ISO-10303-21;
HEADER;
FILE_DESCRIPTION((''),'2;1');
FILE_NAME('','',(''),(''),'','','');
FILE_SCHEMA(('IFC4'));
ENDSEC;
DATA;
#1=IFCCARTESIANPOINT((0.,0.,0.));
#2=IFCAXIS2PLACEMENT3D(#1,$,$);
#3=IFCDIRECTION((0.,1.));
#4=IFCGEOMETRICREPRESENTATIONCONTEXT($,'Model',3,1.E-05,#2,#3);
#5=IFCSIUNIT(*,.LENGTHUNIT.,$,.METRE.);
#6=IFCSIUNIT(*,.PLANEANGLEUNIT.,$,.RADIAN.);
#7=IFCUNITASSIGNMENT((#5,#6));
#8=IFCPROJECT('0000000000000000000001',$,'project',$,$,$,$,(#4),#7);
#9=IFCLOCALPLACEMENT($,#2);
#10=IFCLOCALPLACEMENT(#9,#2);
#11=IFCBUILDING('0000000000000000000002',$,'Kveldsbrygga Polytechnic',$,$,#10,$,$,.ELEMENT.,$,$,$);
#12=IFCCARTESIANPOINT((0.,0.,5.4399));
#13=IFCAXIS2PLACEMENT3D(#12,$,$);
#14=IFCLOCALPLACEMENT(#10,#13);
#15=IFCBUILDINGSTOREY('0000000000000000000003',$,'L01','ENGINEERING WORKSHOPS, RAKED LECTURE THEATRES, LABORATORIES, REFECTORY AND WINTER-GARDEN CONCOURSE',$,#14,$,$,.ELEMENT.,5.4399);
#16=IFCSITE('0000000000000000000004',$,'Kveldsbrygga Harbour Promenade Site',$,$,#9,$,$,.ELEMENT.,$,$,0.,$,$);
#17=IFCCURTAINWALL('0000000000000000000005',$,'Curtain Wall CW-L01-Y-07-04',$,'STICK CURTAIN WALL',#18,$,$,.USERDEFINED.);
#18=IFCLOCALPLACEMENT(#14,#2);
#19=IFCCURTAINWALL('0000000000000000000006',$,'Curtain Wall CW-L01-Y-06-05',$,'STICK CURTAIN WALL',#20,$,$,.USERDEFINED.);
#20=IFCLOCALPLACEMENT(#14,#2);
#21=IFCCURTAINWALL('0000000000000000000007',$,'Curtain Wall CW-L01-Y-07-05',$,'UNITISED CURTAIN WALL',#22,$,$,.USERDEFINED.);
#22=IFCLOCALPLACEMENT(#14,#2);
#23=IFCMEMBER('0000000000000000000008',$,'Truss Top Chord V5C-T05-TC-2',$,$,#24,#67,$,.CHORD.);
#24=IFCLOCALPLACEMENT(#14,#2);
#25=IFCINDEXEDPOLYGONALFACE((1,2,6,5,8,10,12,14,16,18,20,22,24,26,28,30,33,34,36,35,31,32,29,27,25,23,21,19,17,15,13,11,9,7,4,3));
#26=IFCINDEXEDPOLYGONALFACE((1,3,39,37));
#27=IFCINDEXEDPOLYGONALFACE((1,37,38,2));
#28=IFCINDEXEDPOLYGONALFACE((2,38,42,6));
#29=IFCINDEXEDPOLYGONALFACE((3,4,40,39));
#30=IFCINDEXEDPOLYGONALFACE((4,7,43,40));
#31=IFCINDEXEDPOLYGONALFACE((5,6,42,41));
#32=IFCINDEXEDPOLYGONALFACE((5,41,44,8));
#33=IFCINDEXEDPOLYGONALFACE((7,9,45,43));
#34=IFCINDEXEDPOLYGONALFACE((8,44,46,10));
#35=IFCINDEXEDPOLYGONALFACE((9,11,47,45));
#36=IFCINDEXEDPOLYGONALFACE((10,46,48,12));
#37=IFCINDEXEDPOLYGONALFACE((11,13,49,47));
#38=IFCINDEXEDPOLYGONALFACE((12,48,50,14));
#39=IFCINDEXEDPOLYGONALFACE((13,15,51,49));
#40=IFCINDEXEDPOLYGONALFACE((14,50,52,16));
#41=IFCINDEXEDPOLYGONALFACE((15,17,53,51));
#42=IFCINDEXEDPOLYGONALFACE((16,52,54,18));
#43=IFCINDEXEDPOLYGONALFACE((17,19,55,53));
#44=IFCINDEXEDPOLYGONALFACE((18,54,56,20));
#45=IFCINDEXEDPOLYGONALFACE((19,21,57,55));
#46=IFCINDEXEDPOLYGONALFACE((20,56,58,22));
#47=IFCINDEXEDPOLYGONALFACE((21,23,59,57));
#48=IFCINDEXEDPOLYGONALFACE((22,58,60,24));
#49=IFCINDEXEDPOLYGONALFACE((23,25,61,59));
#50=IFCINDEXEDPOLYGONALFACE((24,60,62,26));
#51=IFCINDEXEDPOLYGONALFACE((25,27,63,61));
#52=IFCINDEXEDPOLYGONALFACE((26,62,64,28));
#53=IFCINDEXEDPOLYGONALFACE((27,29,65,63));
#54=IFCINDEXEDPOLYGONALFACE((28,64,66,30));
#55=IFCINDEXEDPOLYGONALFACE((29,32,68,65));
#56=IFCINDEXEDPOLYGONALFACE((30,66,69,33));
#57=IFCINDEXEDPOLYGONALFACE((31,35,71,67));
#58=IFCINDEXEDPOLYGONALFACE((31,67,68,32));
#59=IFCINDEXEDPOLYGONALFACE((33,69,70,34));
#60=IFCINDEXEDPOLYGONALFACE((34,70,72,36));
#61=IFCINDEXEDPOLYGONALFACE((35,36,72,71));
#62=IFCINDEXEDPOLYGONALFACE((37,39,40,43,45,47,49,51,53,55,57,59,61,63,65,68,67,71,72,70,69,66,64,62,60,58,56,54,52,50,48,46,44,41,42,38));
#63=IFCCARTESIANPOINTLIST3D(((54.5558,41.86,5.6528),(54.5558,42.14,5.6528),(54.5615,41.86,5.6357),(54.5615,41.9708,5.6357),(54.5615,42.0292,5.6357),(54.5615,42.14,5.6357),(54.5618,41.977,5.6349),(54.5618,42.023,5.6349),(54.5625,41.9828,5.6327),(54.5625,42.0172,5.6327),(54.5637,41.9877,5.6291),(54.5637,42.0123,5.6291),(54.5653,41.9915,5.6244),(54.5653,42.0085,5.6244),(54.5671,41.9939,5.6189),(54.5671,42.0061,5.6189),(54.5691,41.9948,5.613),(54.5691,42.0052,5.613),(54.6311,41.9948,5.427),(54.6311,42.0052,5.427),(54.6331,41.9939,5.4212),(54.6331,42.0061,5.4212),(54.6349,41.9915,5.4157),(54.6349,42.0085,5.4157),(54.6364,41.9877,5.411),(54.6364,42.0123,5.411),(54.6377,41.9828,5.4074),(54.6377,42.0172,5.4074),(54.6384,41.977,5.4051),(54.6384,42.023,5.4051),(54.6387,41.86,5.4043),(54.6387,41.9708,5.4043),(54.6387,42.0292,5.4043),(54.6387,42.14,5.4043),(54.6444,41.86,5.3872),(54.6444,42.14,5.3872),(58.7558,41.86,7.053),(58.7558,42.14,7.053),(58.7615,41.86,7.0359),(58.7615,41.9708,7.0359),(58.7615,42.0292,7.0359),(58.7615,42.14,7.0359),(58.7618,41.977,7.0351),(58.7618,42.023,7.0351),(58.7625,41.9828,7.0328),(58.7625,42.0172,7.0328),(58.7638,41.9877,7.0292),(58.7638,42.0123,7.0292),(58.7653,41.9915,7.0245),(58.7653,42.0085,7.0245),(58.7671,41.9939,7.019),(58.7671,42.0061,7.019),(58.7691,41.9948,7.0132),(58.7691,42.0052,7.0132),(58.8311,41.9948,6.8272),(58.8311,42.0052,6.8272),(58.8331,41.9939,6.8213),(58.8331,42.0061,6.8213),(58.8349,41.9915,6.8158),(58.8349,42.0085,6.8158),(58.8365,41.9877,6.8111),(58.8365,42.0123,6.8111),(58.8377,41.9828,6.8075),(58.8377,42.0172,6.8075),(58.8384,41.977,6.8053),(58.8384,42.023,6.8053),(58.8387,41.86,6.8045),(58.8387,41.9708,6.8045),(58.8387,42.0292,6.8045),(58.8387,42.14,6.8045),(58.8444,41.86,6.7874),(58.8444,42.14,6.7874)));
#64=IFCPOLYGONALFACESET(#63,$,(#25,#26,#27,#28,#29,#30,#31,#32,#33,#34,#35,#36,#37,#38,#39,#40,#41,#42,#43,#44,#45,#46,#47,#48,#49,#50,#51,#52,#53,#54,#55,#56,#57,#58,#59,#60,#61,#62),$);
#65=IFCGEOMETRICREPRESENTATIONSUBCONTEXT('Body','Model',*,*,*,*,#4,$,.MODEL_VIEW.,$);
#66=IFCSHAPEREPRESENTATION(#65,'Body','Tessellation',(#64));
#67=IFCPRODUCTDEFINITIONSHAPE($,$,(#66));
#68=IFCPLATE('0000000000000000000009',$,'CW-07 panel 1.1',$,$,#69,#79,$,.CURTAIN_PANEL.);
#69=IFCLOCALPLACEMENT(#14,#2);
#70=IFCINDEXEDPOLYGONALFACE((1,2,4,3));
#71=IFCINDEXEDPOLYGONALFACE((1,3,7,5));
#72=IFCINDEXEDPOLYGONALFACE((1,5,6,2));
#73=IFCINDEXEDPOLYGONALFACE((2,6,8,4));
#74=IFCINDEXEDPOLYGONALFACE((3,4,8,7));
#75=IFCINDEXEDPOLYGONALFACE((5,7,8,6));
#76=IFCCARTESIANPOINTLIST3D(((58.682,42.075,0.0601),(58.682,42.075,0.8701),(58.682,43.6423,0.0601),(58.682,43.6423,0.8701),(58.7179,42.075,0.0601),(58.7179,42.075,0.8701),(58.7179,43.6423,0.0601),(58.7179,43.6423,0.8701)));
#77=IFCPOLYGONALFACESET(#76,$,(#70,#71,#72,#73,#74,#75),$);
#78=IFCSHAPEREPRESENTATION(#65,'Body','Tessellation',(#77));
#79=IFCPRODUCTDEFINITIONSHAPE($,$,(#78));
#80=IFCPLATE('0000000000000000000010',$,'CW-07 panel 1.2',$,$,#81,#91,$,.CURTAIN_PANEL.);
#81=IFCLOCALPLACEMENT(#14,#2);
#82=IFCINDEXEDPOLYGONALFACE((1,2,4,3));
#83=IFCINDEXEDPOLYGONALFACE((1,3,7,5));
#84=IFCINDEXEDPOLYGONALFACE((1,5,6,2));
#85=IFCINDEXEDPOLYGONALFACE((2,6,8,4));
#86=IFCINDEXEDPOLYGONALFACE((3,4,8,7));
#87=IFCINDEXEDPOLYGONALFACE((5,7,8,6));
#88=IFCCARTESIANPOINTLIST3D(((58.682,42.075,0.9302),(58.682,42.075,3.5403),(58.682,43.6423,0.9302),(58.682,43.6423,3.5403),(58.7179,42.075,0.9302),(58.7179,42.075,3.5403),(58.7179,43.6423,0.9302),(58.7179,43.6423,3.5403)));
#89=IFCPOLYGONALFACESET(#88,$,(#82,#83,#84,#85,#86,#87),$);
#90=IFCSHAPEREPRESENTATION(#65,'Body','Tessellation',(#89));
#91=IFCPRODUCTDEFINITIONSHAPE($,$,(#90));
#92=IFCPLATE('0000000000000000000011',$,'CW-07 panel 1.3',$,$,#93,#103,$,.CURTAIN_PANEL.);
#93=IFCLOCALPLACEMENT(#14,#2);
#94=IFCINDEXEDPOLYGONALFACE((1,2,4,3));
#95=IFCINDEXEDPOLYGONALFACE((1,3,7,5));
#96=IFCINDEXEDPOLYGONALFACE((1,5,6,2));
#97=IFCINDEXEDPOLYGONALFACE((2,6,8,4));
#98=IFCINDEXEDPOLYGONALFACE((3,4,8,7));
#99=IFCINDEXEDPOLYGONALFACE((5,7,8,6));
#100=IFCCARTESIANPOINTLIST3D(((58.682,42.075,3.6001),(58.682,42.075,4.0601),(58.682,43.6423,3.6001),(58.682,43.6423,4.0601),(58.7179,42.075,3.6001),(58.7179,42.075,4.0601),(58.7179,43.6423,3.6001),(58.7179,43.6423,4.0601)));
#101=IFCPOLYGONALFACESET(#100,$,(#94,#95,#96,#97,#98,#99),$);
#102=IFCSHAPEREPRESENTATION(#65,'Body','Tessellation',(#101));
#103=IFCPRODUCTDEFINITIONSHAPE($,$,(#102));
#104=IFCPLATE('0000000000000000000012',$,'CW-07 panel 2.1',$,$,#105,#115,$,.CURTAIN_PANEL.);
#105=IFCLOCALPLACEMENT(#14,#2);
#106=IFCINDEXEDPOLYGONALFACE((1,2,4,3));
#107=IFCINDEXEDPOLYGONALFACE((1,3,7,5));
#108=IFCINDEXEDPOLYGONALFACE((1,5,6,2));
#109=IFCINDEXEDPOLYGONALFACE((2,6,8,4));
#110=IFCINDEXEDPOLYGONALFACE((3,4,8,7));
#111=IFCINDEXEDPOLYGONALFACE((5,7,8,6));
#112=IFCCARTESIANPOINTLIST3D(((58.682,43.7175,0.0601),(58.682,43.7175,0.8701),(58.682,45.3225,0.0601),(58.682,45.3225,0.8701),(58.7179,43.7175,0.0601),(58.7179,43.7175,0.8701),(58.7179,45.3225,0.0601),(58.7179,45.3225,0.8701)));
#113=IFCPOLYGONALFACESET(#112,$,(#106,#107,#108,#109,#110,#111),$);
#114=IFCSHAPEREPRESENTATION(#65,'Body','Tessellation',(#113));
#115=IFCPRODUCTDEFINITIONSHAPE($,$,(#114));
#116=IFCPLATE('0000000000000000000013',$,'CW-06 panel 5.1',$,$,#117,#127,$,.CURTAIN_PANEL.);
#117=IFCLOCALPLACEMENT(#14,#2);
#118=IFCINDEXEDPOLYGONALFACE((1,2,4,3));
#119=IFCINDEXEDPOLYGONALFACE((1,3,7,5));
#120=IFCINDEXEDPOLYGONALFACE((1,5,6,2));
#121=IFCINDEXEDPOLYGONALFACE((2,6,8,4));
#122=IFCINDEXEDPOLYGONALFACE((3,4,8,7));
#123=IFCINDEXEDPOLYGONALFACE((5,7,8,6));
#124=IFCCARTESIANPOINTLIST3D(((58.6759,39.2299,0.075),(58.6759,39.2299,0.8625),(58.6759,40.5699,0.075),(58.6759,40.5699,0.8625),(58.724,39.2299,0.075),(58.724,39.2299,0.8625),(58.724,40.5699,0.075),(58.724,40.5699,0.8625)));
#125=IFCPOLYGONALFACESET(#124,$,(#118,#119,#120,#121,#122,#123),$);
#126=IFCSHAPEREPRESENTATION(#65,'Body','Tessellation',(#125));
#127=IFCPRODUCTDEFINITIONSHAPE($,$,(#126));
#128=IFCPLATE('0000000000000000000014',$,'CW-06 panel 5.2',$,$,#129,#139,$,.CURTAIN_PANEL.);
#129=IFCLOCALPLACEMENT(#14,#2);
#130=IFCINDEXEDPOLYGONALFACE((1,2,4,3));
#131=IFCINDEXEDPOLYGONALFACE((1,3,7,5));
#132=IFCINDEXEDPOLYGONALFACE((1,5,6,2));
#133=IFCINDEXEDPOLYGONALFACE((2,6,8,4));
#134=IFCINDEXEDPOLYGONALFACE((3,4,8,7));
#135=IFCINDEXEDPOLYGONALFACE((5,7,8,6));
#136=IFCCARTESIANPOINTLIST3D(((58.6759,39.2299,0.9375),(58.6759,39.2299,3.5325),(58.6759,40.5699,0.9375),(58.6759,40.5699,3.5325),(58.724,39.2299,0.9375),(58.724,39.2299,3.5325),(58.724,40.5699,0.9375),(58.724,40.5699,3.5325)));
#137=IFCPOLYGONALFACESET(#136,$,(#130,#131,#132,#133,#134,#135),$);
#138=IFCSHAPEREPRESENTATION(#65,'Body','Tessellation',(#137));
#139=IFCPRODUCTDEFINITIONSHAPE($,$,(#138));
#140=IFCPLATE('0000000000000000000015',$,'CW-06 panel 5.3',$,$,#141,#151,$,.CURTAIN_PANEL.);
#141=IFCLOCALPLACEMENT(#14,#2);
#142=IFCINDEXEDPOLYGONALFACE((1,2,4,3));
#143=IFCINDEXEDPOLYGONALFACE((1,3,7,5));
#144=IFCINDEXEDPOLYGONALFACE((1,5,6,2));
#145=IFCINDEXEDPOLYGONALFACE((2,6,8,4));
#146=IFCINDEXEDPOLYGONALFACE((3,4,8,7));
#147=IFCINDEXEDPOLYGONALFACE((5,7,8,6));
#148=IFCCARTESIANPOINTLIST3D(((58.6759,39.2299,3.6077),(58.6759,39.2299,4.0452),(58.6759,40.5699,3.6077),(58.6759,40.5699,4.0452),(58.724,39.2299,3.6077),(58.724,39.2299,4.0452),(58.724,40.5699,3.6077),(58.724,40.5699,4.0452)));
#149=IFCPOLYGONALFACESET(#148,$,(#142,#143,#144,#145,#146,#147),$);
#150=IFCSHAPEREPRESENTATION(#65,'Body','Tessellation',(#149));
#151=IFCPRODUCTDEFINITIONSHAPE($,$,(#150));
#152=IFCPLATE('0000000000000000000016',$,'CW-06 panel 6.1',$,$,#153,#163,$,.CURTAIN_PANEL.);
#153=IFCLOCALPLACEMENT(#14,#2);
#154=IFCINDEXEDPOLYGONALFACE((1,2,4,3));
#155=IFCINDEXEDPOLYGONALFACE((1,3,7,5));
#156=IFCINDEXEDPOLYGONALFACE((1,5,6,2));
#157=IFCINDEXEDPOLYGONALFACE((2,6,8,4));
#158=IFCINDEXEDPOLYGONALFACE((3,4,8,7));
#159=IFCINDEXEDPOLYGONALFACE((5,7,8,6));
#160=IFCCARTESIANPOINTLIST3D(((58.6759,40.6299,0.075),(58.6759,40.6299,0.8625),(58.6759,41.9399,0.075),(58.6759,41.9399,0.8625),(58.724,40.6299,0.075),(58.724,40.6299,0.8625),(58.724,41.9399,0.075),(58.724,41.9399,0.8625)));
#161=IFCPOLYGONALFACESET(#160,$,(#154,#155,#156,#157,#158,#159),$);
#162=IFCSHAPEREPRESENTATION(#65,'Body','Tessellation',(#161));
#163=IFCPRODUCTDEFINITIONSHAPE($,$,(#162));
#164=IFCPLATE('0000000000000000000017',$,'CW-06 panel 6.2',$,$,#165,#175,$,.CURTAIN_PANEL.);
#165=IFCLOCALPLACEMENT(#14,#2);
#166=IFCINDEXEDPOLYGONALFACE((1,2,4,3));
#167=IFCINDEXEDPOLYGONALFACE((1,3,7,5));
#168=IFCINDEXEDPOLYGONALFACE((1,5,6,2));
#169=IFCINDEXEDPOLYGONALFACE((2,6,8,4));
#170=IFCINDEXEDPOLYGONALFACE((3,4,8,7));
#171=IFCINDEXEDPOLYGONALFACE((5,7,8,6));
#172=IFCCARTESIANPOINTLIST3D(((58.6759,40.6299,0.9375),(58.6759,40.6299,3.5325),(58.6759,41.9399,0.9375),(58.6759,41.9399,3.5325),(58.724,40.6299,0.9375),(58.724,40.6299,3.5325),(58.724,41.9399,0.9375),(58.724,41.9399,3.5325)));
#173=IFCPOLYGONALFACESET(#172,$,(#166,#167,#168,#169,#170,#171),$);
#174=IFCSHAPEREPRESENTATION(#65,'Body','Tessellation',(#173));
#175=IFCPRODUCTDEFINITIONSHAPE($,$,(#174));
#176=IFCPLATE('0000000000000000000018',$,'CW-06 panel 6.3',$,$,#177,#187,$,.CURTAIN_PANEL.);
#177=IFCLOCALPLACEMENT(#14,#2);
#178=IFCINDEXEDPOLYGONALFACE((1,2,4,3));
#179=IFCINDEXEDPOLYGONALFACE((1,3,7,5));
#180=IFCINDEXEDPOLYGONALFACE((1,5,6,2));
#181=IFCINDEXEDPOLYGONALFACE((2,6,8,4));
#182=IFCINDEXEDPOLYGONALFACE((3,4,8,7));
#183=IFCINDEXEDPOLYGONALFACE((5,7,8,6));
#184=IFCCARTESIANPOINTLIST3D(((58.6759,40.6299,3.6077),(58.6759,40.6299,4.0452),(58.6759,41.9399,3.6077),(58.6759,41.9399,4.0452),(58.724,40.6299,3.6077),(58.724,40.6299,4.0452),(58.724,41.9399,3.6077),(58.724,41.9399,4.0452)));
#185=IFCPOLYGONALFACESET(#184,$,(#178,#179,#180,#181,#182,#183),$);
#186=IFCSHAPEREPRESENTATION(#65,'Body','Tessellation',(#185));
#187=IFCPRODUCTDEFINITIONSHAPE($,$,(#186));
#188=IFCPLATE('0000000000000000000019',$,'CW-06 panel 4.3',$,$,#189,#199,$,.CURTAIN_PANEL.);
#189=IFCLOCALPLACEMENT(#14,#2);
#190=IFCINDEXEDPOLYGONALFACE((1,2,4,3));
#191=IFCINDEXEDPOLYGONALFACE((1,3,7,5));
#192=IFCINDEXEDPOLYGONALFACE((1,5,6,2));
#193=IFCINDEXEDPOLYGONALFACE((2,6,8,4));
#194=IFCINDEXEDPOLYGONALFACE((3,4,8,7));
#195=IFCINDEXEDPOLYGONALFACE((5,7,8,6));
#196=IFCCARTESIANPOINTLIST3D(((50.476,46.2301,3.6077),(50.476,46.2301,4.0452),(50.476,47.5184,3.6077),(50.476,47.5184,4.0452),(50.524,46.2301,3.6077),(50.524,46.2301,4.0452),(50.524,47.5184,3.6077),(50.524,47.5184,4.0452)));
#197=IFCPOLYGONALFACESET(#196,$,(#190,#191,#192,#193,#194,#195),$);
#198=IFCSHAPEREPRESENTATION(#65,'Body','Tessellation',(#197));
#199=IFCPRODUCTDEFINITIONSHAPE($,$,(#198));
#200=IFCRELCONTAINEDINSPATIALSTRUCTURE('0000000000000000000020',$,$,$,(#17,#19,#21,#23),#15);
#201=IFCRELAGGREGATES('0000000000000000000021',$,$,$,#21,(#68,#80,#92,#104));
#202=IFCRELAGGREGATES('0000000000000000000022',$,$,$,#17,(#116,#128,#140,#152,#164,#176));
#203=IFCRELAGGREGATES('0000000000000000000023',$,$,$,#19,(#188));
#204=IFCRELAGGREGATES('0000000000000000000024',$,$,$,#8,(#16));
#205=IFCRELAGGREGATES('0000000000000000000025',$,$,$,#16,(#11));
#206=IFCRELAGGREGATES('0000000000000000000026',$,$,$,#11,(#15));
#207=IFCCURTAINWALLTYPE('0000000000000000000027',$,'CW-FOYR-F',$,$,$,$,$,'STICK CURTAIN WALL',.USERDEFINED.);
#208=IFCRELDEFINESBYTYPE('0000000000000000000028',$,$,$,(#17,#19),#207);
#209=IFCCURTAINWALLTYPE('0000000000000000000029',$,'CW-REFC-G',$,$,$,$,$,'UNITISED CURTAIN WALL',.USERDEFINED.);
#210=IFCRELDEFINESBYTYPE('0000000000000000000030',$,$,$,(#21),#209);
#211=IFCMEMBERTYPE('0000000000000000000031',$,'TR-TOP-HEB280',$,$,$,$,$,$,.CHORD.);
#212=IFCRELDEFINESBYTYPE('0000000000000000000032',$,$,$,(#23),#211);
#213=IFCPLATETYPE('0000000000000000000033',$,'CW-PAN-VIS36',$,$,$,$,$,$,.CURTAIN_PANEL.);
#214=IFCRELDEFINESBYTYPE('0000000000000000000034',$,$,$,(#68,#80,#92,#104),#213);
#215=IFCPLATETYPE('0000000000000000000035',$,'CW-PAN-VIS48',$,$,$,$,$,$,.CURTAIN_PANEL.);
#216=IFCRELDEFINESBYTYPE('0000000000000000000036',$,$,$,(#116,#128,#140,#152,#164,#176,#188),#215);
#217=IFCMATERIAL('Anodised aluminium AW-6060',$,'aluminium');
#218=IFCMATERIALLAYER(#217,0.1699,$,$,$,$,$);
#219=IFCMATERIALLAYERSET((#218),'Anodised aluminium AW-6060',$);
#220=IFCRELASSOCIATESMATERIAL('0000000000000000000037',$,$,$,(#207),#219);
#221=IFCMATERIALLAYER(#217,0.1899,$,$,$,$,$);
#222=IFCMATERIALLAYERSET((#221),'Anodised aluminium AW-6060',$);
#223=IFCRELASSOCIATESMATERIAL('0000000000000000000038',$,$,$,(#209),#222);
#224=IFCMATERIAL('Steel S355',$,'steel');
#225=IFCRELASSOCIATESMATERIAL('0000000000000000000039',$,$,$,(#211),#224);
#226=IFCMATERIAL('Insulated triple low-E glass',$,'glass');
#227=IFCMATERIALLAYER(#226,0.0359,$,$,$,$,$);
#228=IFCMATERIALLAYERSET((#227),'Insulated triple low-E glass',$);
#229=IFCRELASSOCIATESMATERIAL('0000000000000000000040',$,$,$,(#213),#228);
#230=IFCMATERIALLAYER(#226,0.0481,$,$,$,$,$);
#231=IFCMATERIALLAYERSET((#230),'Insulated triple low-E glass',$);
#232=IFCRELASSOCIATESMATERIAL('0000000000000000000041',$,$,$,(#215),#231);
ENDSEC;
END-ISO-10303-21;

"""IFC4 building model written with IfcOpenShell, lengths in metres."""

from ifc_helpers import new_model, si_unit, direction, frame, origin, origin_2d, place, context, subcontext, project, spatial, rectangle, i_section, extrude, material, layer, layer_set, material_profile, profile_set, type_object, element, aggregate, save


model = new_model("IFC4")

# Units and contexts
model_context = context("Model", 3, precision=1e-05, world=origin(), true_north=direction((0.0, 1.0)))
body_context = subcontext(model_context, "Body", "Model", "MODEL_VIEW")
ifc_project = project(units=[si_unit("LENGTHUNIT", "METRE"), si_unit("PLANEANGLEUNIT", "RADIAN")], contexts=[model_context])

# Site, building, storey
site_placement = place(None, origin())
site = spatial("IfcSite", under=ifc_project, at=site_placement, Name="Kveldsbrygga Harbour Promenade Site", CompositionType="ELEMENT", RefElevation=0.0)
building_placement = place(site_placement, origin())
building = spatial("IfcBuilding", under=site, at=building_placement, Name="Kveldsbrygga Polytechnic", CompositionType="ELEMENT")
storey_placement = place(building_placement, frame((0.0, 0.0, 5.4399)))
storey = spatial("IfcBuildingStorey", under=building, at=storey_placement, Name="L01", Description="ENGINEERING WORKSHOPS, RAKED LECTURE THEATRES, LABORATORIES, REFECTORY AND WINTER-GARDEN CONCOURSE", CompositionType="ELEMENT", Elevation=5.4399)

# Curtain wall
ifc_material_1 = material(Name="Anodised aluminium AW-6060", Category="aluminium")
ifc_layer_1 = layer(ifc_material_1, 0.1699)
ifc_layer_set_1 = layer_set([ifc_layer_1], Name="Anodised aluminium AW-6060")
curtain_wall_type_1 = type_object("IfcCurtainWallType", Name="CW-FOYR-F", ElementType="STICK CURTAIN WALL", PredefinedType="USERDEFINED", material=ifc_layer_set_1)
curtain_wall_1_placement = place(storey_placement, origin())
curtain_wall_1 = element("IfcCurtainWall", 1, at=curtain_wall_1_placement, inside=storey, type_object=curtain_wall_type_1, Name="Curtain Wall CW-L01-Y-07-04", ObjectType="STICK CURTAIN WALL", PredefinedType="USERDEFINED")

# Curtain wall
curtain_wall_2_placement = place(storey_placement, origin())
curtain_wall_2 = element("IfcCurtainWall", 2, at=curtain_wall_2_placement, inside=storey, type_object=curtain_wall_type_1, Name="Curtain Wall CW-L01-Y-06-05", ObjectType="STICK CURTAIN WALL", PredefinedType="USERDEFINED")

# Curtain wall
ifc_layer_2 = layer(ifc_material_1, 0.1899)
ifc_layer_set_2 = layer_set([ifc_layer_2], Name="Anodised aluminium AW-6060")
curtain_wall_type_2 = type_object("IfcCurtainWallType", Name="CW-REFC-G", ElementType="UNITISED CURTAIN WALL", PredefinedType="USERDEFINED", material=ifc_layer_set_2)
curtain_wall_3_placement = place(storey_placement, origin())
curtain_wall_3 = element("IfcCurtainWall", 3, at=curtain_wall_3_placement, inside=storey, type_object=curtain_wall_type_2, Name="Curtain Wall CW-L01-Y-07-05", ObjectType="UNITISED CURTAIN WALL", PredefinedType="USERDEFINED")

# Member
ifc_material_2 = material(Name="Steel S355", Category="steel")
ifc_material_profile_1 = material_profile(ifc_material_2, i_section(OverallWidth=0.28, OverallDepth=0.28, WebThickness=0.0105, FlangeThickness=0.0181, FilletRadius=0.0239, at=origin_2d()), Name="HEB 280")
ifc_profile_set_1 = profile_set([ifc_material_profile_1], Name="Steel S355")
member_type_1 = type_object("IfcMemberType", Name="TR-TOP-HEB280", PredefinedType="CHORD", material=ifc_profile_set_1)
member_1_placement = place(storey_placement, frame((54.6001, 42.0, 5.52), z_axis=(0.948672, 0.0, 0.316261), x_axis=(0.0, 1.0, 0.0)))
element("IfcMember", 4, at=member_1_placement, inside=storey, type_object=member_type_1, Name="Truss Top Chord V5C-T05-TC-2", PredefinedType="CHORD", context=body_context, shape_type="SweptSolid", body=[
    extrude(i_section(OverallWidth=0.28, OverallDepth=0.28, WebThickness=0.0105, FlangeThickness=0.0181, FilletRadius=0.0239, at=origin_2d()), origin(), (0.0, 0.0, 1.0), 4.4272),
])

# Plates
ifc_material_3 = material(Name="Insulated triple low-E glass", Category="glass")
ifc_layer_3 = layer(ifc_material_3, 0.0359)
ifc_layer_set_3 = layer_set([ifc_layer_3], Name="Insulated triple low-E glass")
plate_type_1 = type_object("IfcPlateType", Name="CW-PAN-VIS36", PredefinedType="CURTAIN_PANEL", material=ifc_layer_set_3)
plate_1_placement = place(storey_placement, frame((58.7, 42.8586, 0.0601), z_axis=(0.0, 0.0, 1.0), x_axis=(0.0, 1.0, 0.0)))
plate_1 = element("IfcPlate", 5, at=plate_1_placement, type_object=plate_type_1, Name="CW-07 panel 1.1", PredefinedType="CURTAIN_PANEL", context=body_context, shape_type="SweptSolid", body=[
    extrude(rectangle(XDim=1.5674, YDim=0.0359, at=origin_2d()), origin(), (0.0, 0.0, 1.0), 0.8101),
])
plate_2_placement = place(storey_placement, frame((58.7, 42.8586, 0.9302), z_axis=(0.0, 0.0, 1.0), x_axis=(0.0, 1.0, 0.0)))
plate_2 = element("IfcPlate", 6, at=plate_2_placement, type_object=plate_type_1, Name="CW-07 panel 1.2", PredefinedType="CURTAIN_PANEL", context=body_context, shape_type="SweptSolid", body=[
    extrude(rectangle(XDim=1.5674, YDim=0.0359, at=origin_2d()), origin(), (0.0, 0.0, 1.0), 2.6101),
])
plate_3_placement = place(storey_placement, frame((58.7, 42.8586, 3.6001), z_axis=(0.0, 0.0, 1.0), x_axis=(0.0, 1.0, 0.0)))
plate_3 = element("IfcPlate", 7, at=plate_3_placement, type_object=plate_type_1, Name="CW-07 panel 1.3", PredefinedType="CURTAIN_PANEL", context=body_context, shape_type="SweptSolid", body=[
    extrude(rectangle(XDim=1.5674, YDim=0.0359, at=origin_2d()), origin(), (0.0, 0.0, 1.0), 0.46),
])
plate_4_placement = place(storey_placement, frame((58.7, 44.52, 0.0601), z_axis=(0.0, 0.0, 1.0), x_axis=(0.0, 1.0, 0.0)))
plate_4 = element("IfcPlate", 8, at=plate_4_placement, type_object=plate_type_1, Name="CW-07 panel 2.1", PredefinedType="CURTAIN_PANEL", context=body_context, shape_type="SweptSolid", body=[
    extrude(rectangle(XDim=1.605, YDim=0.0359, at=origin_2d()), origin(), (0.0, 0.0, 1.0), 0.8101),
])
aggregate(curtain_wall_3, [plate_1, plate_2, plate_3, plate_4])
ifc_layer_4 = layer(ifc_material_3, 0.0481)
ifc_layer_set_4 = layer_set([ifc_layer_4], Name="Insulated triple low-E glass")
plate_type_2 = type_object("IfcPlateType", Name="CW-PAN-VIS48", PredefinedType="CURTAIN_PANEL", material=ifc_layer_set_4)
plate_5_placement = place(storey_placement, frame((58.7, 39.8999, 0.075), z_axis=(0.0, 0.0, 1.0), x_axis=(0.0, 1.0, 0.0)))
plate_5 = element("IfcPlate", 9, at=plate_5_placement, type_object=plate_type_2, Name="CW-06 panel 5.1", PredefinedType="CURTAIN_PANEL", context=body_context, shape_type="SweptSolid", body=[
    extrude(rectangle(XDim=1.3401, YDim=0.0481, at=origin_2d()), origin(), (0.0, 0.0, 1.0), 0.7876),
])
plate_6_placement = place(storey_placement, frame((58.7, 39.8999, 0.9375), z_axis=(0.0, 0.0, 1.0), x_axis=(0.0, 1.0, 0.0)))
plate_6 = element("IfcPlate", 10, at=plate_6_placement, type_object=plate_type_2, Name="CW-06 panel 5.2", PredefinedType="CURTAIN_PANEL", context=body_context, shape_type="SweptSolid", body=[
    extrude(rectangle(XDim=1.3401, YDim=0.0481, at=origin_2d()), origin(), (0.0, 0.0, 1.0), 2.595),
])
plate_7_placement = place(storey_placement, frame((58.7, 39.8999, 3.6077), z_axis=(0.0, 0.0, 1.0), x_axis=(0.0, 1.0, 0.0)))
plate_7 = element("IfcPlate", 11, at=plate_7_placement, type_object=plate_type_2, Name="CW-06 panel 5.3", PredefinedType="CURTAIN_PANEL", context=body_context, shape_type="SweptSolid", body=[
    extrude(rectangle(XDim=1.3401, YDim=0.0481, at=origin_2d()), origin(), (0.0, 0.0, 1.0), 0.4375),
])
plate_8_placement = place(storey_placement, frame((58.7, 41.2849, 0.075), z_axis=(0.0, 0.0, 1.0), x_axis=(0.0, 1.0, 0.0)))
plate_8 = element("IfcPlate", 12, at=plate_8_placement, type_object=plate_type_2, Name="CW-06 panel 6.1", PredefinedType="CURTAIN_PANEL", context=body_context, shape_type="SweptSolid", body=[
    extrude(rectangle(XDim=1.3101, YDim=0.0481, at=origin_2d()), origin(), (0.0, 0.0, 1.0), 0.7876),
])
plate_9_placement = place(storey_placement, frame((58.7, 41.2849, 0.9375), z_axis=(0.0, 0.0, 1.0), x_axis=(0.0, 1.0, 0.0)))
plate_9 = element("IfcPlate", 13, at=plate_9_placement, type_object=plate_type_2, Name="CW-06 panel 6.2", PredefinedType="CURTAIN_PANEL", context=body_context, shape_type="SweptSolid", body=[
    extrude(rectangle(XDim=1.3101, YDim=0.0481, at=origin_2d()), origin(), (0.0, 0.0, 1.0), 2.595),
])
plate_10_placement = place(storey_placement, frame((58.7, 41.2849, 3.6077), z_axis=(0.0, 0.0, 1.0), x_axis=(0.0, 1.0, 0.0)))
plate_10 = element("IfcPlate", 14, at=plate_10_placement, type_object=plate_type_2, Name="CW-06 panel 6.3", PredefinedType="CURTAIN_PANEL", context=body_context, shape_type="SweptSolid", body=[
    extrude(rectangle(XDim=1.3101, YDim=0.0481, at=origin_2d()), origin(), (0.0, 0.0, 1.0), 0.4375),
])
aggregate(curtain_wall_1, [plate_5, plate_6, plate_7, plate_8, plate_9, plate_10])
plate_11_placement = place(storey_placement, frame((50.5, 46.8743, 3.6077), z_axis=(0.0, 0.0, 1.0), x_axis=(0.0, 1.0, 0.0)))
plate_11 = element("IfcPlate", 15, at=plate_11_placement, type_object=plate_type_2, Name="CW-06 panel 4.3", PredefinedType="CURTAIN_PANEL", context=body_context, shape_type="SweptSolid", body=[
    extrude(rectangle(XDim=1.2883, YDim=0.0481, at=origin_2d()), origin(), (0.0, 0.0, 1.0), 0.4375),
])
aggregate(curtain_wall_2, [plate_11])

save(model, "model.ifc")
